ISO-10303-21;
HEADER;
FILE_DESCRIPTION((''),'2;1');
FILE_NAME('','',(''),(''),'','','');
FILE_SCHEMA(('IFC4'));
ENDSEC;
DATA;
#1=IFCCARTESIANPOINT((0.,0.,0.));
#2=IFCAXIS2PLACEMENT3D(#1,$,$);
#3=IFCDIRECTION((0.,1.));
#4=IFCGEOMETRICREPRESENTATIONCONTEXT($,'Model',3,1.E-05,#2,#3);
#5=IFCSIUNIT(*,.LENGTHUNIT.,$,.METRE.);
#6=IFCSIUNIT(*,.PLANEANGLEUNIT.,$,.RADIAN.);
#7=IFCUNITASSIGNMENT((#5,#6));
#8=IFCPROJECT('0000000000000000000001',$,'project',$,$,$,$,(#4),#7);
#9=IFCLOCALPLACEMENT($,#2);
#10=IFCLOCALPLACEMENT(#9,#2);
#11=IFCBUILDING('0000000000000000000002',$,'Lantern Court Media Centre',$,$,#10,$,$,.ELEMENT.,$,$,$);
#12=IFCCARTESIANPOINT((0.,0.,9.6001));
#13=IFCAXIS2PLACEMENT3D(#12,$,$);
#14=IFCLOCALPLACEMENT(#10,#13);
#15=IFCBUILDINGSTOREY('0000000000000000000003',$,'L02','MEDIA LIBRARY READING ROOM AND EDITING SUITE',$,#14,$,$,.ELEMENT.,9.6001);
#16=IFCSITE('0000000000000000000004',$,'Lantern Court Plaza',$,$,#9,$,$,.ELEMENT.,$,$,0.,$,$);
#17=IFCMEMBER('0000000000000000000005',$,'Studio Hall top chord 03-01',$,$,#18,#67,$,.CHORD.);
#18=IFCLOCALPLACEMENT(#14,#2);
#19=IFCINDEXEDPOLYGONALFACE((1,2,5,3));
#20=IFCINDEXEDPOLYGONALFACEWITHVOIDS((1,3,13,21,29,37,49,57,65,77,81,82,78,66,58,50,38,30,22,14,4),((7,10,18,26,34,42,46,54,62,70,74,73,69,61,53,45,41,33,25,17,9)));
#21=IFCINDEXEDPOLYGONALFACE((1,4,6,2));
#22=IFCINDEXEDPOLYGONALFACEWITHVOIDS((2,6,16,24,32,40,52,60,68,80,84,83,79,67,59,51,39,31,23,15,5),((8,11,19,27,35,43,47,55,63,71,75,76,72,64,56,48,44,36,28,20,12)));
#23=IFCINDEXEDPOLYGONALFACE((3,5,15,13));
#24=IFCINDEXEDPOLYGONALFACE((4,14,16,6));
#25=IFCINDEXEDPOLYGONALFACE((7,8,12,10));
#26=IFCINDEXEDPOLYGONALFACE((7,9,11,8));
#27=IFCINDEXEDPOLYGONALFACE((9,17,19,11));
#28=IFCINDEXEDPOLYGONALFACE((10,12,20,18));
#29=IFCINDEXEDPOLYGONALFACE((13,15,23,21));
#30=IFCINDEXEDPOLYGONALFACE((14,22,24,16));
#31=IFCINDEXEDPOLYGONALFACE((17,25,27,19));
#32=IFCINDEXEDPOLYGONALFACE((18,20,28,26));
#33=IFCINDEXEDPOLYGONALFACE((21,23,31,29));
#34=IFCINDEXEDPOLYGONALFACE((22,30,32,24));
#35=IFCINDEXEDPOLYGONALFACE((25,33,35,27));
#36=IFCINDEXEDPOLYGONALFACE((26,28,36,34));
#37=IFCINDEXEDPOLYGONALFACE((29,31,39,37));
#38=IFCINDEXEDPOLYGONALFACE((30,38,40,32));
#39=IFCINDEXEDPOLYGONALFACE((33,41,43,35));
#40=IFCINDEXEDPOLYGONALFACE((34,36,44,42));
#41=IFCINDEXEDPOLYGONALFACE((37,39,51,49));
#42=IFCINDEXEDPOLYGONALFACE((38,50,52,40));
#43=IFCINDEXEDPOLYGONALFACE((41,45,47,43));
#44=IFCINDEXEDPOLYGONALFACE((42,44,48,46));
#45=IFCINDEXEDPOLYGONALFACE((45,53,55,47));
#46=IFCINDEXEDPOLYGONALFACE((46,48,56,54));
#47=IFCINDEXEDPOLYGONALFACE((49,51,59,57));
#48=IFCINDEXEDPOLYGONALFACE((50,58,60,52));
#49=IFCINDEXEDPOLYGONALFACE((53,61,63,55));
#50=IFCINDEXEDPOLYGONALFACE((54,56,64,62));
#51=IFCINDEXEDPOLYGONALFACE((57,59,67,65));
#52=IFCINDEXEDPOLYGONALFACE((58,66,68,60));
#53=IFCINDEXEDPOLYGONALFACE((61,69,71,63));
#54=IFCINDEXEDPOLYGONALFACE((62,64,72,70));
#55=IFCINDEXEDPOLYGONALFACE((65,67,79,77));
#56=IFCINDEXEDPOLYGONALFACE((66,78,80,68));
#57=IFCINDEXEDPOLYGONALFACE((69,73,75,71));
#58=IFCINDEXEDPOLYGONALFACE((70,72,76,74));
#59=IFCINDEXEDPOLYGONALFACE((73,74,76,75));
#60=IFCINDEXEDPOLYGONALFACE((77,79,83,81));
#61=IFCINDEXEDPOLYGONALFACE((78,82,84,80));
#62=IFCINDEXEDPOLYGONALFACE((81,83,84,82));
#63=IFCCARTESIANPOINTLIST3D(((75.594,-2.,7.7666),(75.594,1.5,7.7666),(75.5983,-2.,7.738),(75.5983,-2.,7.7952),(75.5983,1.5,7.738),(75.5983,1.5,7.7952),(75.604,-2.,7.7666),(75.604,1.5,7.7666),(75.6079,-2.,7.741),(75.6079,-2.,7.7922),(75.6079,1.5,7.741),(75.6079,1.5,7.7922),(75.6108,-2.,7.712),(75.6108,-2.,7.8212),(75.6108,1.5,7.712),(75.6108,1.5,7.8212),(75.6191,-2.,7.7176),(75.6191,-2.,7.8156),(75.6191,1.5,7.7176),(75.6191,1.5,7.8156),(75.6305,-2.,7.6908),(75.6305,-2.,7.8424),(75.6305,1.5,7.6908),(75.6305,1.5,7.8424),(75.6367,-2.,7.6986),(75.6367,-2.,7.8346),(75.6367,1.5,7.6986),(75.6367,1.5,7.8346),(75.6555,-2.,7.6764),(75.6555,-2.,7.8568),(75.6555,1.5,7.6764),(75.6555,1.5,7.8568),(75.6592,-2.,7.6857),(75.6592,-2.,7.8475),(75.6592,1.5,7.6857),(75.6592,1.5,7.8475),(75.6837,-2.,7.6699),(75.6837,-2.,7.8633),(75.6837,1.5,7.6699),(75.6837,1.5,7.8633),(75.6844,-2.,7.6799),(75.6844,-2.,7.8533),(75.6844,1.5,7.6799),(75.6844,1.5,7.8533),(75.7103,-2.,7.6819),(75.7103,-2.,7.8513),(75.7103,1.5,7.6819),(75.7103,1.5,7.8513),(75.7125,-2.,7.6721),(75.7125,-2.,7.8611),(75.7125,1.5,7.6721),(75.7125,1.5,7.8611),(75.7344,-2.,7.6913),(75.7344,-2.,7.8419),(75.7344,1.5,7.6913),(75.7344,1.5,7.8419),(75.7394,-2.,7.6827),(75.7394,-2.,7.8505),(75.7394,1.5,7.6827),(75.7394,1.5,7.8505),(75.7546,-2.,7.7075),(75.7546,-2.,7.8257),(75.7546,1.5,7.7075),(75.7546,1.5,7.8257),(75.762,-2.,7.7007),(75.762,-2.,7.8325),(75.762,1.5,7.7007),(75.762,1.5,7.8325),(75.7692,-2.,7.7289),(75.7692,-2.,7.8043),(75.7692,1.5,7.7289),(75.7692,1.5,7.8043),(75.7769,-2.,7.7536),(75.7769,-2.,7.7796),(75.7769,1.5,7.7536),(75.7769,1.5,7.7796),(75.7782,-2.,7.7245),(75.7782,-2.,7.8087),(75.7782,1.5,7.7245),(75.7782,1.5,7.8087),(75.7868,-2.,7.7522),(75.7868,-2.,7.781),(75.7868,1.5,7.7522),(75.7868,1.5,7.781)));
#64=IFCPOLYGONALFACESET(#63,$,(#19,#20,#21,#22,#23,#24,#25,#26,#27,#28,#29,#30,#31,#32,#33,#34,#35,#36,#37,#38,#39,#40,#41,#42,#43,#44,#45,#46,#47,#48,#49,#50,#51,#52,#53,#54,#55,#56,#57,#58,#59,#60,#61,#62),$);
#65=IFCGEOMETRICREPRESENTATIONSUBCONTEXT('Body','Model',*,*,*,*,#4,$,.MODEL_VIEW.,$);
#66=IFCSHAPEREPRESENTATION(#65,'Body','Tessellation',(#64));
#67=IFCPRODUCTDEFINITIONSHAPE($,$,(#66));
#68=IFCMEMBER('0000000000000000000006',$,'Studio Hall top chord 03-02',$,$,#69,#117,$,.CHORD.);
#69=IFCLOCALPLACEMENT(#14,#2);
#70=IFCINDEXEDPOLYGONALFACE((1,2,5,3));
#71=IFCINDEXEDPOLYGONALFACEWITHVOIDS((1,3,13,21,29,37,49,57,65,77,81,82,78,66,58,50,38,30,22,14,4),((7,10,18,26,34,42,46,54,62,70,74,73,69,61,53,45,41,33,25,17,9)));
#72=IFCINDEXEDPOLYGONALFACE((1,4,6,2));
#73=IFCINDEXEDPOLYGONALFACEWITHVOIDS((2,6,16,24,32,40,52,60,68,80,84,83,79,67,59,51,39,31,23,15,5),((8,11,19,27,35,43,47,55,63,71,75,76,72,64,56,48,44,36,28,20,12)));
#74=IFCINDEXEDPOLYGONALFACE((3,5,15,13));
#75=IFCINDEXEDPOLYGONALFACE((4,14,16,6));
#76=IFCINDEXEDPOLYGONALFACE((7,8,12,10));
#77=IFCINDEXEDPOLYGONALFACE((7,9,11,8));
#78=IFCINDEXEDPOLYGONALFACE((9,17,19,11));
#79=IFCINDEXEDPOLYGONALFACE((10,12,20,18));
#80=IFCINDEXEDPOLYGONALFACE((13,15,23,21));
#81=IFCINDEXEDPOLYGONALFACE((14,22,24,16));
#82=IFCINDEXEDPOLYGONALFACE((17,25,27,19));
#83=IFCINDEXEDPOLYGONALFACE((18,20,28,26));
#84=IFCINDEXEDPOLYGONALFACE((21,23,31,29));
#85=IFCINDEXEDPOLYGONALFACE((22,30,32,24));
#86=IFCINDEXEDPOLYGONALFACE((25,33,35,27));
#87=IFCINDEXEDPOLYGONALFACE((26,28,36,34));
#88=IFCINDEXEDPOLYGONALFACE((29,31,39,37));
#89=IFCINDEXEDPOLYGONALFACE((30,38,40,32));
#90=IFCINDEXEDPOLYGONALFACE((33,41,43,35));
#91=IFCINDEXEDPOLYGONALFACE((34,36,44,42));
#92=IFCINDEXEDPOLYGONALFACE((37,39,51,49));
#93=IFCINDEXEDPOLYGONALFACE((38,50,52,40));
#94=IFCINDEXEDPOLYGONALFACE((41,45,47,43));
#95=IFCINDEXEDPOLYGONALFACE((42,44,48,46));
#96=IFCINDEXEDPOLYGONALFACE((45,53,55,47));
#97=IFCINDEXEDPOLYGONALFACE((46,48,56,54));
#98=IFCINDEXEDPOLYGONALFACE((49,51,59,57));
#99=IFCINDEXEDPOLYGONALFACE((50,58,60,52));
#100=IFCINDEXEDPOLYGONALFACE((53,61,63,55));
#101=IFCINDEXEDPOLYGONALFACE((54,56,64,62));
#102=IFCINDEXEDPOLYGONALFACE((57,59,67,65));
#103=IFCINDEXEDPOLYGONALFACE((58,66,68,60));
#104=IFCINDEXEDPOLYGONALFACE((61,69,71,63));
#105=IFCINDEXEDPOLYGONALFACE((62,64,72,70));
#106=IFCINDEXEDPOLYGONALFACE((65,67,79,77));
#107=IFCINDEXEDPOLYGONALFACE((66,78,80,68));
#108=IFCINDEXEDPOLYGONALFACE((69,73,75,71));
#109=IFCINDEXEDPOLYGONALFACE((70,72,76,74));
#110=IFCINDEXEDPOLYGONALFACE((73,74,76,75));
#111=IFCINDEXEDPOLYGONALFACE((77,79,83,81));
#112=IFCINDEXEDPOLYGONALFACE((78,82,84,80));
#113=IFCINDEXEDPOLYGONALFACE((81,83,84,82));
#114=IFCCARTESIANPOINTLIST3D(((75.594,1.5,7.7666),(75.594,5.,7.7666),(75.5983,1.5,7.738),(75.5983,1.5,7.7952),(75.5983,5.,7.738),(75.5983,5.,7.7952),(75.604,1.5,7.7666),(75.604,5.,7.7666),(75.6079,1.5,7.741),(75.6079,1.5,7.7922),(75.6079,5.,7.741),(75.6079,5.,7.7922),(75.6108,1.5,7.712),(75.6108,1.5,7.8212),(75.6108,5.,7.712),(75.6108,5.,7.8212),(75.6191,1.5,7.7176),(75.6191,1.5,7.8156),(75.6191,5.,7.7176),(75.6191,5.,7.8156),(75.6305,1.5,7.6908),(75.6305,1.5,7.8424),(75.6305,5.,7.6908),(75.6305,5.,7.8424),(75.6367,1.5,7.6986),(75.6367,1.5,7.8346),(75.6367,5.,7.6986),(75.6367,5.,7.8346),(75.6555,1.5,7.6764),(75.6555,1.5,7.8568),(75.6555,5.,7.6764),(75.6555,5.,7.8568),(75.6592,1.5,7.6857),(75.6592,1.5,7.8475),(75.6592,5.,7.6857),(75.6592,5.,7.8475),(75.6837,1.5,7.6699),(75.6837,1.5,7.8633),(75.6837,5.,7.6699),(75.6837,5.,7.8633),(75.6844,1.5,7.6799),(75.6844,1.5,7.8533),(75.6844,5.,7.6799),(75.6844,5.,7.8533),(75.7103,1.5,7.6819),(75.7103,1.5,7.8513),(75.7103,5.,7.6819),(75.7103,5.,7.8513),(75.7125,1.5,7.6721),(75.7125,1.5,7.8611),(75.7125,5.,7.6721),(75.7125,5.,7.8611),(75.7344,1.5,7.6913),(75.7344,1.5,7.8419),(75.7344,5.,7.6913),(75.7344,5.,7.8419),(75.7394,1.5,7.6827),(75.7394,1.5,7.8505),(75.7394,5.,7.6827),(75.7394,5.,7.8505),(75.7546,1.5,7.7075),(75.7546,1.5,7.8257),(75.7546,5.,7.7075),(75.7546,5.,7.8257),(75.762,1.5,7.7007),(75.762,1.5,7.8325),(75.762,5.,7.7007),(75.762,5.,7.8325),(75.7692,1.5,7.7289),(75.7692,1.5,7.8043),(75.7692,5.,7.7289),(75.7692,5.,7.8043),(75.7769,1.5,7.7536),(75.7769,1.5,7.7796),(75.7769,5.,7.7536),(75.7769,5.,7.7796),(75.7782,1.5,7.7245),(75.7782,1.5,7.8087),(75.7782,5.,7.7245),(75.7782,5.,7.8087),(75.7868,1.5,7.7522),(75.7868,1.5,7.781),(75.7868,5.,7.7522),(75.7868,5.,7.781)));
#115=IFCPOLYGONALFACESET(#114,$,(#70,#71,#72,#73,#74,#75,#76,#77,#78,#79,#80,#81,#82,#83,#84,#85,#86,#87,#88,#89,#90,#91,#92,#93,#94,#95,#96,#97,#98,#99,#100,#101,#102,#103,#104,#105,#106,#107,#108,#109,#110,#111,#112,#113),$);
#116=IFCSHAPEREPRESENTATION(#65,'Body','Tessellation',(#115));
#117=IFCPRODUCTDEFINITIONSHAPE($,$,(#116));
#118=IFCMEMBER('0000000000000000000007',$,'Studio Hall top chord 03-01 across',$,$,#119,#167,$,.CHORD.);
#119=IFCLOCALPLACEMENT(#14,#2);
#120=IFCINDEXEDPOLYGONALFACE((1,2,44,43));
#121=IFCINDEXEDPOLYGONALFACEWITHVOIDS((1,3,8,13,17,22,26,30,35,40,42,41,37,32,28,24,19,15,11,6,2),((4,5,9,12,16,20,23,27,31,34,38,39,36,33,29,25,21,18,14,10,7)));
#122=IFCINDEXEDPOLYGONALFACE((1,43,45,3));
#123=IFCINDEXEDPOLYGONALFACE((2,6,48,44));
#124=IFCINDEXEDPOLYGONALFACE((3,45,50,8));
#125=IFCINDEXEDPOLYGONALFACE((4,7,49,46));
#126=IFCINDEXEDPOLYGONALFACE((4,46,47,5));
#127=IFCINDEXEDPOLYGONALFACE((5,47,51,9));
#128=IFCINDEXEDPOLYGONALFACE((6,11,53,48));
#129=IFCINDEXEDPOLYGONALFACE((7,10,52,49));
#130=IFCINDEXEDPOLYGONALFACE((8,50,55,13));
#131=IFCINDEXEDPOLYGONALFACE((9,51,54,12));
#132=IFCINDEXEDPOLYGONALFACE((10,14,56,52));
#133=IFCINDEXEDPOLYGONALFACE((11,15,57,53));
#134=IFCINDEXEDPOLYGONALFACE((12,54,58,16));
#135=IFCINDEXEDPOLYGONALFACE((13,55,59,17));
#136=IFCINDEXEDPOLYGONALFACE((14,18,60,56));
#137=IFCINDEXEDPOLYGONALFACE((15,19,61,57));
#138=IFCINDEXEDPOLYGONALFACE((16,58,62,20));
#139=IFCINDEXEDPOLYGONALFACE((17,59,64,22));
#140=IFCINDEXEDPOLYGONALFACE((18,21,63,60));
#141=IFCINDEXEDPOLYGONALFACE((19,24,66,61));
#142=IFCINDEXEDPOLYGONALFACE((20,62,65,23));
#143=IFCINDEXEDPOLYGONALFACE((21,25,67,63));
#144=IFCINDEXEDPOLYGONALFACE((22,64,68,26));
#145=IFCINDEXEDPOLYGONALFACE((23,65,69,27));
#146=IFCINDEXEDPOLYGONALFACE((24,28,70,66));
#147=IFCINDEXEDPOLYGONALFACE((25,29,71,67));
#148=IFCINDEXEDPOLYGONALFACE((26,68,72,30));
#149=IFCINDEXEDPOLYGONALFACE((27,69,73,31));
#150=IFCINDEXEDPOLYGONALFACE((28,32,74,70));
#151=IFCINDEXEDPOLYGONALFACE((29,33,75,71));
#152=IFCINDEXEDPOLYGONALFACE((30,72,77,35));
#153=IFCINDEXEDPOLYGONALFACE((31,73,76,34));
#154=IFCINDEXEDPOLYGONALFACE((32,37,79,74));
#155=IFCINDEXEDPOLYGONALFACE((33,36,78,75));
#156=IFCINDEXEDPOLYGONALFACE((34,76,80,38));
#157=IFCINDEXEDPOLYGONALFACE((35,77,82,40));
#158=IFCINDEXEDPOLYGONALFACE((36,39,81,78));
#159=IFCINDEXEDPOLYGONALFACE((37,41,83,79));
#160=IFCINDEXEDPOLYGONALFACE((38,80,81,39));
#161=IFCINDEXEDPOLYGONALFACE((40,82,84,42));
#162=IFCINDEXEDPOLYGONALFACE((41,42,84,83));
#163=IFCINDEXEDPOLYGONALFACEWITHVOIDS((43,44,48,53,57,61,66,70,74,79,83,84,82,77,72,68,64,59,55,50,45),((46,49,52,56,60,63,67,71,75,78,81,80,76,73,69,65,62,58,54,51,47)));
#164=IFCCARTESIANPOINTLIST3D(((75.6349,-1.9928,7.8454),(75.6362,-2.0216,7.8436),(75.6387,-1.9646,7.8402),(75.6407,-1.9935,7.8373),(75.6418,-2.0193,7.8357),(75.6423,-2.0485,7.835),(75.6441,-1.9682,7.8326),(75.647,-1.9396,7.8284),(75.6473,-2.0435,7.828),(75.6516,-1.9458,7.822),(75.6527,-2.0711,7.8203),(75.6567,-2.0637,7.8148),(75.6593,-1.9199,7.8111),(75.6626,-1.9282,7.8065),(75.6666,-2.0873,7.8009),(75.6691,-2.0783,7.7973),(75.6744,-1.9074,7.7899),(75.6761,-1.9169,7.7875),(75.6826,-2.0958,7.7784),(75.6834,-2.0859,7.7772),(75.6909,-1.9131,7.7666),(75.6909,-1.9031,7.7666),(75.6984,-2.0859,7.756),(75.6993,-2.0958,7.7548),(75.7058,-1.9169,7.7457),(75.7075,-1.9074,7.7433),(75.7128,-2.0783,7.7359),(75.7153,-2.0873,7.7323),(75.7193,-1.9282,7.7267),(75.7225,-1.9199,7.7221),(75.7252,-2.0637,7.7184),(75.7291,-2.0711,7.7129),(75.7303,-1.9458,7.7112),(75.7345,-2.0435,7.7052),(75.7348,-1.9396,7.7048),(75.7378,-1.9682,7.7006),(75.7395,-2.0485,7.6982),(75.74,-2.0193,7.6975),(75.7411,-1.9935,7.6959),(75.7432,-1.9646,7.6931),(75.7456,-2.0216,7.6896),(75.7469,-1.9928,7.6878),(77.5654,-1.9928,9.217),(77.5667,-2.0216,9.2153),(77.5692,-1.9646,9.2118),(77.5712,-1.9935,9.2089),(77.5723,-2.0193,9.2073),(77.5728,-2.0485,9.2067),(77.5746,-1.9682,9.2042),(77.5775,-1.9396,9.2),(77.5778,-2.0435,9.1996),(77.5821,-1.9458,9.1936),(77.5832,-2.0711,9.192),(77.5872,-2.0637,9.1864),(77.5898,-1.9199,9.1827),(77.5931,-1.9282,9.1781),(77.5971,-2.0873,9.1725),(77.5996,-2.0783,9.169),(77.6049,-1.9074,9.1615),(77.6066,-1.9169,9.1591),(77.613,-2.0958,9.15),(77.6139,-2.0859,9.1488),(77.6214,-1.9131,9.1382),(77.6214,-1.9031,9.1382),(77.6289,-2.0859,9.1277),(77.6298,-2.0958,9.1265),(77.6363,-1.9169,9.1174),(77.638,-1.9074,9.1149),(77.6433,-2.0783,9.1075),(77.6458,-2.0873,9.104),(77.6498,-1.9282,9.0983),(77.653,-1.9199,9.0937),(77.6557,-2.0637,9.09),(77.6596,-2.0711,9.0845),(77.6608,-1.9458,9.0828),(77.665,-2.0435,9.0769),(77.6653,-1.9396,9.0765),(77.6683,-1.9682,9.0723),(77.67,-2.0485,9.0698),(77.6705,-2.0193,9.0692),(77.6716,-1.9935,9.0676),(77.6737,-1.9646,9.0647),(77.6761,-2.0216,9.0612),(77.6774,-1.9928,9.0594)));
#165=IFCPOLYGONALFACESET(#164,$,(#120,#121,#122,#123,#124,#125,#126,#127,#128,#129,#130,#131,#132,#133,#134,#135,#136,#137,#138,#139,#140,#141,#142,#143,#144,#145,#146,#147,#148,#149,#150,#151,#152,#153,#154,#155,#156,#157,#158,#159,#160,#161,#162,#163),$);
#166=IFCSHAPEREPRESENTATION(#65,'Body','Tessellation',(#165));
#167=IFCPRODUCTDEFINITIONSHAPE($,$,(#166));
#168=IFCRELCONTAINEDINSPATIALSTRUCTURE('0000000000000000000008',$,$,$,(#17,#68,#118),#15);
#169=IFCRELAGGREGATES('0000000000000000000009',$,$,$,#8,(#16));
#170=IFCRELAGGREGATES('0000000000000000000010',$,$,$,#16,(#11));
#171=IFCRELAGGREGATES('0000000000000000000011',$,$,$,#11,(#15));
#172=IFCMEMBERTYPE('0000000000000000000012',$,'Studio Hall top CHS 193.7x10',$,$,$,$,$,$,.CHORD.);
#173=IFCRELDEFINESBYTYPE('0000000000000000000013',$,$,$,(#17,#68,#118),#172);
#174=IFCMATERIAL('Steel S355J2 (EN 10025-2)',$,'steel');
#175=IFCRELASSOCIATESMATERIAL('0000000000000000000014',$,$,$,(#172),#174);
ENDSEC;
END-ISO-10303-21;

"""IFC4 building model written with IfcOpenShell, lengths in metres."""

from ifc_helpers import new_model, si_unit, direction, frame, origin, origin_2d, place, context, subcontext, project, spatial, hollow_circle, extrude, material, material_profile, profile_set, type_object, element, save


model = new_model("IFC4")

# Units and contexts
model_context = context("Model", 3, precision=1e-05, world=origin(), true_north=direction((0.0, 1.0)))
body_context = subcontext(model_context, "Body", "Model", "MODEL_VIEW")
ifc_project = project(units=[si_unit("LENGTHUNIT", "METRE"), si_unit("PLANEANGLEUNIT", "RADIAN")], contexts=[model_context])

# Site, building, storey
site_placement = place(None, origin())
site = spatial("IfcSite", under=ifc_project, at=site_placement, Name="Lantern Court Plaza", CompositionType="ELEMENT", RefElevation=0.0)
building_placement = place(site_placement, origin())
building = spatial("IfcBuilding", under=site, at=building_placement, Name="Lantern Court Media Centre", CompositionType="ELEMENT")
storey_placement = place(building_placement, frame((0.0, 0.0, 9.6001)))
storey = spatial("IfcBuildingStorey", under=building, at=storey_placement, Name="L02", Description="MEDIA LIBRARY READING ROOM AND EDITING SUITE", CompositionType="ELEMENT", Elevation=9.6001)

# Members
ifc_material_1 = material(Name="Steel S355J2 (EN 10025-2)", Category="steel")
ifc_material_profile_1 = material_profile(ifc_material_1, hollow_circle(Radius=0.0969, WallThickness=0.01, at=origin_2d()), Name="Studio Hall top CHS 193.7x10")
ifc_profile_set_1 = profile_set([ifc_material_profile_1], Name="Steel S355J2 (EN 10025-2)")
member_type_1 = type_object("IfcMemberType", Name="Studio Hall top CHS 193.7x10", PredefinedType="CHORD", material=ifc_profile_set_1)
for number, where, z_axis, x_axis, name in (
    (1, (75.6909, -2.0, 7.7666), (0.0, 1.0, 0.0), (-1.0, 0.0, 0.0), "Studio Hall top chord 03-01"),
    (2, (75.6909, 1.5, 7.7666), (0.0, 1.0, 0.0), (-1.0, 0.0, 0.0), "Studio Hall top chord 03-02"),
):
    element("IfcMember", number, at=place(storey_placement, frame(where, z_axis=z_axis, x_axis=x_axis)), inside=storey, type_object=member_type_1, Name=name, PredefinedType="CHORD", context=body_context, shape_type="SweptSolid", body=[
        extrude(hollow_circle(Radius=0.0969, WallThickness=0.01, at=origin_2d()), origin(), (0.0, 0.0, 1.0), 3.5),
    ])
for number, where, z_axis, x_axis, name in (
    (3, (75.6909, -2.0, 7.7666), (0.815187, 0.0, 0.579198), (0.0, 1.0, 0.0), "Studio Hall top chord 03-01 across"),
):
    element("IfcMember", number, at=place(storey_placement, frame(where, z_axis=z_axis, x_axis=x_axis)), inside=storey, type_object=member_type_1, Name=name, PredefinedType="CHORD", context=body_context, shape_type="SweptSolid", body=[
        extrude(hollow_circle(Radius=0.0969, WallThickness=0.01, at=origin_2d()), origin(), (0.0, 0.0, 1.0), 2.3682),
    ])

save(model, "model.ifc")
